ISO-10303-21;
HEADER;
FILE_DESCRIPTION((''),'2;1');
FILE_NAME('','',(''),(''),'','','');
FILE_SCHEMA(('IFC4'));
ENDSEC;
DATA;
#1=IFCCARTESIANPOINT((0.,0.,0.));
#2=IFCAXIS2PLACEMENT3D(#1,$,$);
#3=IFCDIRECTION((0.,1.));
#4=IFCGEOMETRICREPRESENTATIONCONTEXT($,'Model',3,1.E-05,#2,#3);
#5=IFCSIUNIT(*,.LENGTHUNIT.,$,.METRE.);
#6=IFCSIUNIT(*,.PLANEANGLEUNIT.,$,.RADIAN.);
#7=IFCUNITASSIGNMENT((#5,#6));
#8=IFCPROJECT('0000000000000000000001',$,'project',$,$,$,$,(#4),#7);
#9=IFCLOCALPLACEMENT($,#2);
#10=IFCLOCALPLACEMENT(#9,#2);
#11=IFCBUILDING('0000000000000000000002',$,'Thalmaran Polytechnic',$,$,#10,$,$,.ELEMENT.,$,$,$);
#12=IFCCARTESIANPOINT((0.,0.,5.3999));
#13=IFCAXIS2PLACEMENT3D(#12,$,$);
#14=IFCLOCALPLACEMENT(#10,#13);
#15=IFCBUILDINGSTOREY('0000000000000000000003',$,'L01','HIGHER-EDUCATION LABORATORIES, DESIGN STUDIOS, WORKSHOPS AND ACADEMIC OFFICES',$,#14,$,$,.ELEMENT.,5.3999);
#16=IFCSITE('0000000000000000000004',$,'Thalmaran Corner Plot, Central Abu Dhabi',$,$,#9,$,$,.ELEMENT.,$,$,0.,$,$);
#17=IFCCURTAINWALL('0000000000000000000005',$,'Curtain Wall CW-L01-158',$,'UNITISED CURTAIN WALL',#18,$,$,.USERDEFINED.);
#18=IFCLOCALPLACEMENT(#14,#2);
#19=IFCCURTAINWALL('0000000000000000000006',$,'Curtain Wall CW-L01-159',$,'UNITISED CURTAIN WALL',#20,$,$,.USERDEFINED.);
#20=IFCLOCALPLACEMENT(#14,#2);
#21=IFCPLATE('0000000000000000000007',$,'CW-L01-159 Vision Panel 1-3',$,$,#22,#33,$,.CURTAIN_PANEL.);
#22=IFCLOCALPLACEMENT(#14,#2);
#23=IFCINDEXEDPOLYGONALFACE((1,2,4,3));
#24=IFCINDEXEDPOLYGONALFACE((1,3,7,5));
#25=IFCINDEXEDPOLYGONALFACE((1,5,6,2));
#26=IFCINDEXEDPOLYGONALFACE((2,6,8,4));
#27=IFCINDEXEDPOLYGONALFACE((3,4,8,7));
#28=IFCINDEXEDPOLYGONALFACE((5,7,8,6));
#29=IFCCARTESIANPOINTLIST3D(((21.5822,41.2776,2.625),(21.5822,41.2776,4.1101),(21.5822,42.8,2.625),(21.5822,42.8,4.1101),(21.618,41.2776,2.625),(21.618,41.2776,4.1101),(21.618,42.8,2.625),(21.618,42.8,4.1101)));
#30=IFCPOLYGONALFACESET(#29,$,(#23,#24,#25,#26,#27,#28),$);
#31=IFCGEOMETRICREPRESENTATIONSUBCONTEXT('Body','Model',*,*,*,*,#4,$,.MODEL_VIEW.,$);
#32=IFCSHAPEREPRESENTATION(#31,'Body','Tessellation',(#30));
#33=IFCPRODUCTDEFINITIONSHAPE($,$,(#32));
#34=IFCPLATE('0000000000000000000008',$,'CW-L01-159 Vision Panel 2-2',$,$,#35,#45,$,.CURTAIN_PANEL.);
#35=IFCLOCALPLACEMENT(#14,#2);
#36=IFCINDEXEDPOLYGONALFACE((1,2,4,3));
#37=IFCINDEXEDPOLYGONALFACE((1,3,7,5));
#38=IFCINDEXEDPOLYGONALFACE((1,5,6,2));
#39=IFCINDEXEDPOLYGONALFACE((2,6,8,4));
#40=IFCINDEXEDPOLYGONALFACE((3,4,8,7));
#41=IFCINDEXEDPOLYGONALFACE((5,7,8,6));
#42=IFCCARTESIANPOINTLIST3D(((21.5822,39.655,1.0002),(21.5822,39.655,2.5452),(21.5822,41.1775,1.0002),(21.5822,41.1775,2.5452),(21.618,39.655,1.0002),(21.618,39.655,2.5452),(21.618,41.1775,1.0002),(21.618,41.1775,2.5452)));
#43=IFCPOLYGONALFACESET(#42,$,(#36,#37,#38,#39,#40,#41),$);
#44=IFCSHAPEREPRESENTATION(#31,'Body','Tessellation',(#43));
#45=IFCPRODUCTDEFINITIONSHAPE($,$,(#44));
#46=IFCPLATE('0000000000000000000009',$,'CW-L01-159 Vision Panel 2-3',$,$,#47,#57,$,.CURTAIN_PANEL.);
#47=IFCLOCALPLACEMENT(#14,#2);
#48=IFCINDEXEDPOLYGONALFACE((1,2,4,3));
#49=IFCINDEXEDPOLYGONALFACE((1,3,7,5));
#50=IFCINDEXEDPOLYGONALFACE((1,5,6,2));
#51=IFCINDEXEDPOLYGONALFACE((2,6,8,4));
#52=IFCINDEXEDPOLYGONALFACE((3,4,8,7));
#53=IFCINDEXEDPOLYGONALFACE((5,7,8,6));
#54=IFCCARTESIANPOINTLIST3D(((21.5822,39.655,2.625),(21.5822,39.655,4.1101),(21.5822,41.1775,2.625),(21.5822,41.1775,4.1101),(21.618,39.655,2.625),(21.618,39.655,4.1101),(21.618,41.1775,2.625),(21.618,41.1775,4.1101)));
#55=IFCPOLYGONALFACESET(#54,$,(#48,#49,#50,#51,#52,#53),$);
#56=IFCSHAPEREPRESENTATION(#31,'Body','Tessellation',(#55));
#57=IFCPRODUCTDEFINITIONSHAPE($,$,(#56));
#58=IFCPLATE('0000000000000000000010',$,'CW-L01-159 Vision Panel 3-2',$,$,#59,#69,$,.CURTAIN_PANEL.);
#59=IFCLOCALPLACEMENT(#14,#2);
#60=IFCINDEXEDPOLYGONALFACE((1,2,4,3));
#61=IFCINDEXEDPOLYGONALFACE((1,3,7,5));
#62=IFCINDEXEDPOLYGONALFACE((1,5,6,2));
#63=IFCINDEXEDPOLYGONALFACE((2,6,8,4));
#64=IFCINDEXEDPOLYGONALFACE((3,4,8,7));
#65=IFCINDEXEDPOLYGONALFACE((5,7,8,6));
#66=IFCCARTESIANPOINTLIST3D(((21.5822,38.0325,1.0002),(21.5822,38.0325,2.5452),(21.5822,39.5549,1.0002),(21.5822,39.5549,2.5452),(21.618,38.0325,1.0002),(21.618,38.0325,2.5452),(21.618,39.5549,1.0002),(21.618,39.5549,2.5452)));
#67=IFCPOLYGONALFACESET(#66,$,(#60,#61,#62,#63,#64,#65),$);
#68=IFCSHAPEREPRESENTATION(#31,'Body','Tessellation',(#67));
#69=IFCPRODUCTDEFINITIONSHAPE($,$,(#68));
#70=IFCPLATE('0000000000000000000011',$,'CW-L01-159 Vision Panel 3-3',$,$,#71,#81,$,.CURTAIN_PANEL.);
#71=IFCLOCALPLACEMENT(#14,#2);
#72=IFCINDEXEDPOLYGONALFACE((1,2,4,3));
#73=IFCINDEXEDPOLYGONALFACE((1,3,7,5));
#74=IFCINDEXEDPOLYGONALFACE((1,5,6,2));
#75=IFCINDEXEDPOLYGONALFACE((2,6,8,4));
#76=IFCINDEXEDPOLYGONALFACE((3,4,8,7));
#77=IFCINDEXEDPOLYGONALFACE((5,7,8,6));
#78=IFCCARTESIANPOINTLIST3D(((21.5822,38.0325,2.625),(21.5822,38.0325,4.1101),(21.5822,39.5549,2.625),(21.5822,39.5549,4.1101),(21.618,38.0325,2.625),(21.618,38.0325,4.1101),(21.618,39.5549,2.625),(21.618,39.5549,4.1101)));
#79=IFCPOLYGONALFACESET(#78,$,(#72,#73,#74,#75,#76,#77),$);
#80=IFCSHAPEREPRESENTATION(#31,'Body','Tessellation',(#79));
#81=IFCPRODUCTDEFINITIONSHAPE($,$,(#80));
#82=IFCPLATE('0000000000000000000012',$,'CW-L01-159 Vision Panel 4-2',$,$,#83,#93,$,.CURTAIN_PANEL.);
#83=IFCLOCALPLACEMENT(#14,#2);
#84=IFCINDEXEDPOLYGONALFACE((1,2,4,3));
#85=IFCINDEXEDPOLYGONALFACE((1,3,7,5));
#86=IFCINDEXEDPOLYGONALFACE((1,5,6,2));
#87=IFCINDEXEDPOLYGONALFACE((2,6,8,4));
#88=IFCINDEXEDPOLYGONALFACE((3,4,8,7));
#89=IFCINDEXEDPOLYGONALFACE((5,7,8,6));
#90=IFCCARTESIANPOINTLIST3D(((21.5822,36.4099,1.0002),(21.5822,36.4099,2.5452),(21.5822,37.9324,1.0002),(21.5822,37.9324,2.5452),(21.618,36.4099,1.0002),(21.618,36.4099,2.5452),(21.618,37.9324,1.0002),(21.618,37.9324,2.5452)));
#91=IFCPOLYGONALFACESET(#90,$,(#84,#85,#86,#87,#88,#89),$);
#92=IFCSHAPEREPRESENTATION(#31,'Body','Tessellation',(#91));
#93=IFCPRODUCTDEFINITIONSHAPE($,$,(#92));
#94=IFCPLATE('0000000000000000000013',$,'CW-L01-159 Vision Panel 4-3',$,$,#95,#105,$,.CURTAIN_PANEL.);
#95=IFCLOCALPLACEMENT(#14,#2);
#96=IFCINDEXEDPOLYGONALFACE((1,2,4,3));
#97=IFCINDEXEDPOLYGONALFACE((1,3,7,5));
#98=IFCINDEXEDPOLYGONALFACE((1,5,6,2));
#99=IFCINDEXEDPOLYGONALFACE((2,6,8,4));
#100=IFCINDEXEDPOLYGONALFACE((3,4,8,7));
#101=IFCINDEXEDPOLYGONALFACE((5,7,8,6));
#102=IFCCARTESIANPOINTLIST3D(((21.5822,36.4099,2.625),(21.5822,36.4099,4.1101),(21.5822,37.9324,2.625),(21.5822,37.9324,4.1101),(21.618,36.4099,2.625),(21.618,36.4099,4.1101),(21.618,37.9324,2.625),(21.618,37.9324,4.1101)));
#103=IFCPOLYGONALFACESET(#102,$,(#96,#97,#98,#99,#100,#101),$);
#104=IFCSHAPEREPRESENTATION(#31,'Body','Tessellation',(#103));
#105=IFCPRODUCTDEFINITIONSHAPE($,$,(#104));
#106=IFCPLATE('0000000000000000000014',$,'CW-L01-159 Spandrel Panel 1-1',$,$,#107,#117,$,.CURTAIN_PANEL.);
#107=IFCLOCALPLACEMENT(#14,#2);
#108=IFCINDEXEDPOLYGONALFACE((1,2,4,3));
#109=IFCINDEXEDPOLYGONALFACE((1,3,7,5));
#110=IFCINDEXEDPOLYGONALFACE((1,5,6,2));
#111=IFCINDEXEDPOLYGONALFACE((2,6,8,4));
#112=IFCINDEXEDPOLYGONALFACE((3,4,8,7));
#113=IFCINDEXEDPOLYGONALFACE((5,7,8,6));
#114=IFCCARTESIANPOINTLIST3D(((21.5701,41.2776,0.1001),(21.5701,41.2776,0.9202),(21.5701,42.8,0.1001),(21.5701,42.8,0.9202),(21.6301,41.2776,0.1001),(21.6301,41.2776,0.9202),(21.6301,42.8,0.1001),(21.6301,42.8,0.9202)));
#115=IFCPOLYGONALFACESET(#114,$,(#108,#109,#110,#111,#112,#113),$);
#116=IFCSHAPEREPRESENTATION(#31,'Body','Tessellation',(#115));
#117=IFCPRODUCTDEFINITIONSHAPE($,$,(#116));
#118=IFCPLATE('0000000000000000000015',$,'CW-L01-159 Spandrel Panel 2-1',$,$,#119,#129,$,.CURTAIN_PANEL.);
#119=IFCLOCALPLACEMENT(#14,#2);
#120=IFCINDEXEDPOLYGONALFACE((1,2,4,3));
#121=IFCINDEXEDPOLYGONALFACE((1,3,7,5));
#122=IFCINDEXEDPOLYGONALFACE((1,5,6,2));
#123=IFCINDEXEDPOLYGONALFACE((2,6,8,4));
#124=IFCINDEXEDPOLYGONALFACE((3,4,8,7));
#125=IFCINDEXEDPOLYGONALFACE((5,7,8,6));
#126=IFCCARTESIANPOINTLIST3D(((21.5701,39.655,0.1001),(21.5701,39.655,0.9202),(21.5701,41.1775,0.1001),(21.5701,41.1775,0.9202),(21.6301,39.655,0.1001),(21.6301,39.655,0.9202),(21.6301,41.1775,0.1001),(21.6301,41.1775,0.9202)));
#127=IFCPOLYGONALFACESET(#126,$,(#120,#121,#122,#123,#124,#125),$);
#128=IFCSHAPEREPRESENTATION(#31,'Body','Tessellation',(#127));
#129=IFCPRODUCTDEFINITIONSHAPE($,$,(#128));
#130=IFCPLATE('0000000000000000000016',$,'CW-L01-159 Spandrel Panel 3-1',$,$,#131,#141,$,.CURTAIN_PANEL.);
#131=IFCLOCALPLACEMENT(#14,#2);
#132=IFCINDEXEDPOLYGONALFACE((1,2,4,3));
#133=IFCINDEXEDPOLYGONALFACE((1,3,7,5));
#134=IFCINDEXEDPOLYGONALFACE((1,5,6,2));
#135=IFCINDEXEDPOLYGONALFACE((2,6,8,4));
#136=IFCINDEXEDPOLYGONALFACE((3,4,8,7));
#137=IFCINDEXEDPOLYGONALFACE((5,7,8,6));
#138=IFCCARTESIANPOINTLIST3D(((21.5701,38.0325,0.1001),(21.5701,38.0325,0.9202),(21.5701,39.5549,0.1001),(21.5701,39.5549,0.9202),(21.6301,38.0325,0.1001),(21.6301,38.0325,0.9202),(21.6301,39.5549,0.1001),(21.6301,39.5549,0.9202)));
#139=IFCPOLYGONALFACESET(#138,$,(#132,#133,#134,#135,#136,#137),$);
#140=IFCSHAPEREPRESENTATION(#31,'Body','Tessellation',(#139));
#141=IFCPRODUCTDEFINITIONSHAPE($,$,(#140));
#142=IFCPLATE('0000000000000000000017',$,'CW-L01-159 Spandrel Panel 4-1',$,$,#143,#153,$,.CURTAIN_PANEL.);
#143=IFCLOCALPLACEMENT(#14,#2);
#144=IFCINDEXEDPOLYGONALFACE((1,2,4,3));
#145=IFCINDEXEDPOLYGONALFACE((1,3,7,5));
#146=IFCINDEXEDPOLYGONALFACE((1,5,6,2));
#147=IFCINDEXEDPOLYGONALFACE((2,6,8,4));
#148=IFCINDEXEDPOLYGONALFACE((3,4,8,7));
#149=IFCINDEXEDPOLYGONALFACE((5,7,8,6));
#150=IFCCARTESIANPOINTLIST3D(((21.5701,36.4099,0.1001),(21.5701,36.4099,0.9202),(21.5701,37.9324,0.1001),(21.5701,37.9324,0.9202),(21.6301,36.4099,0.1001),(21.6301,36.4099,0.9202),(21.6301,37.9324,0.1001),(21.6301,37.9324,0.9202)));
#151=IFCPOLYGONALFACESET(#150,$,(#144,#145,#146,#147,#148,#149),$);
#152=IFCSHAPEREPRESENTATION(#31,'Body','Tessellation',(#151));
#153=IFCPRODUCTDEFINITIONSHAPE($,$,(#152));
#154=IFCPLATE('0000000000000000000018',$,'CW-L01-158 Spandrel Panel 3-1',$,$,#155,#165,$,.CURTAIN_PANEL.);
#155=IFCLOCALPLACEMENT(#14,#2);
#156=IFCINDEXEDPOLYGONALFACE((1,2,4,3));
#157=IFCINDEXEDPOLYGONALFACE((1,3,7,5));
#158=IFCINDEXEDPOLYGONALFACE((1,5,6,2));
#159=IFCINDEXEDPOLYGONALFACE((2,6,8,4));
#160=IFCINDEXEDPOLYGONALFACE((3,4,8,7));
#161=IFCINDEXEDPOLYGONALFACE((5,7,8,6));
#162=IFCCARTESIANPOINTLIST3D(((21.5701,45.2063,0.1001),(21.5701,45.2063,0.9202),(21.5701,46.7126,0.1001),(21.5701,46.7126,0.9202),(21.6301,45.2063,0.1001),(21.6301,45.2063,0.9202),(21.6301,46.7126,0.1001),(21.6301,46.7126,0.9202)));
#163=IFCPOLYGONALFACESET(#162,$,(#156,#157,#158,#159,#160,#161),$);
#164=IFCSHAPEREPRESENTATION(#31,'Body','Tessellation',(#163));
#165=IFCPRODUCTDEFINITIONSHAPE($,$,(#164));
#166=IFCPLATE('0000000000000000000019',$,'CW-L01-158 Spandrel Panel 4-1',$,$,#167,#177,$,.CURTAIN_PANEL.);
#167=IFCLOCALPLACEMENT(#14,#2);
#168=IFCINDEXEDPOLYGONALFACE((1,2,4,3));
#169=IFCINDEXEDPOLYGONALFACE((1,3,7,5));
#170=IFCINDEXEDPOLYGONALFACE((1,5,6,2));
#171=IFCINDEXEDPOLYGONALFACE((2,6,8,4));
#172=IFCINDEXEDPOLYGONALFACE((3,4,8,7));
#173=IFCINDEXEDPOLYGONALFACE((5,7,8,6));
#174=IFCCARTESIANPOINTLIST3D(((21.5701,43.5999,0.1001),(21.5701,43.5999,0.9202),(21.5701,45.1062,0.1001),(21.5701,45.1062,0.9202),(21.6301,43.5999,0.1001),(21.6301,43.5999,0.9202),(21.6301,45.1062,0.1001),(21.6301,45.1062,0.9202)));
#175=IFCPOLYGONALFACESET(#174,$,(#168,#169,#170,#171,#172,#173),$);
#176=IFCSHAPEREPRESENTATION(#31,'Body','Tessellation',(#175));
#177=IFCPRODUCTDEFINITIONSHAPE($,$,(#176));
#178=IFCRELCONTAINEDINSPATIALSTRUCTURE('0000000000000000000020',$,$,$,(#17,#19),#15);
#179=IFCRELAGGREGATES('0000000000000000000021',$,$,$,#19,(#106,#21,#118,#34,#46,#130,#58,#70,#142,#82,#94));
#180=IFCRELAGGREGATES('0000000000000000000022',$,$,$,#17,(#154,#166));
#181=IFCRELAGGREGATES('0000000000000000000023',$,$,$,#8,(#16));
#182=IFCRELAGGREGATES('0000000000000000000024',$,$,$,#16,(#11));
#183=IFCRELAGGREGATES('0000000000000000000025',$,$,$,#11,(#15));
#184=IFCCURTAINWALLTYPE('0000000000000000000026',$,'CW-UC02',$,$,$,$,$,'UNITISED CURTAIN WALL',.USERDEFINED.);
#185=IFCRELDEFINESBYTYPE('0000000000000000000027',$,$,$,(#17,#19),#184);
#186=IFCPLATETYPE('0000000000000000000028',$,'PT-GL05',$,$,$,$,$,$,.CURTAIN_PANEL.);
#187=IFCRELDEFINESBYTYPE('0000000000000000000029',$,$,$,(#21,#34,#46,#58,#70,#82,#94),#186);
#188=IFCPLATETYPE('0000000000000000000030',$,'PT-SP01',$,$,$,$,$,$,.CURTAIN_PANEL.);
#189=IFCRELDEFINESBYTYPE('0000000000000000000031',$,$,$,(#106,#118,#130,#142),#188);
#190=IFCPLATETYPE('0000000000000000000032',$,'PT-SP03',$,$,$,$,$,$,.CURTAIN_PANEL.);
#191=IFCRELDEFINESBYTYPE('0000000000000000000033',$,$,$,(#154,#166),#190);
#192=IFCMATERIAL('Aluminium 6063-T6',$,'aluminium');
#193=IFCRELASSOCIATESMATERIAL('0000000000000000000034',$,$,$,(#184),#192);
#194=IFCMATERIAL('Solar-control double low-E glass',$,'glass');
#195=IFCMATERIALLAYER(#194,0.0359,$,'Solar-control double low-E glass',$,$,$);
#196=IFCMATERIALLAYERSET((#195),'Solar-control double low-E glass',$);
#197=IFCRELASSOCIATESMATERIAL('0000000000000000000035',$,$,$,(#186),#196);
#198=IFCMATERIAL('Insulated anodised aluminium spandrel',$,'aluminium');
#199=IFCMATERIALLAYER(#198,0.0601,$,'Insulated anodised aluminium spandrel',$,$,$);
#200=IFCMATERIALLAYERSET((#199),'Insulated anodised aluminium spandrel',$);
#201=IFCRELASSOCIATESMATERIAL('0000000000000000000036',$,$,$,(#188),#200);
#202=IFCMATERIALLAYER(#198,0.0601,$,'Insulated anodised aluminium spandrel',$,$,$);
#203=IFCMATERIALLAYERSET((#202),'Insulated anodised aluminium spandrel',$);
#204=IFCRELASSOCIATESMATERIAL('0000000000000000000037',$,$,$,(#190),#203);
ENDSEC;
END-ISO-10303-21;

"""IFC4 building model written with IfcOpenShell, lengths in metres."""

from ifc_helpers import new_model, si_unit, direction, frame, origin, origin_2d, place, context, subcontext, project, spatial, rectangle, extrude, material, layer, layer_set, type_object, element, aggregate, save


model = new_model("IFC4")

# Units and contexts
model_context = context("Model", 3, precision=1e-05, world=origin(), true_north=direction((0.0, 1.0)))
body_context = subcontext(model_context, "Body", "Model", "MODEL_VIEW")
ifc_project = project(units=[si_unit("LENGTHUNIT", "METRE"), si_unit("PLANEANGLEUNIT", "RADIAN")], contexts=[model_context])

# Site, building, storey
site_placement = place(None, origin())
site = spatial("IfcSite", under=ifc_project, at=site_placement, Name="Thalmaran Corner Plot, Central Abu Dhabi", CompositionType="ELEMENT", RefElevation=0.0)
building_placement = place(site_placement, origin())
building = spatial("IfcBuilding", under=site, at=building_placement, Name="Thalmaran Polytechnic", CompositionType="ELEMENT")
storey_placement = place(building_placement, frame((0.0, 0.0, 5.3999)))
storey = spatial("IfcBuildingStorey", under=building, at=storey_placement, Name="L01", Description="HIGHER-EDUCATION LABORATORIES, DESIGN STUDIOS, WORKSHOPS AND ACADEMIC OFFICES", CompositionType="ELEMENT", Elevation=5.3999)

# Curtain walls
ifc_material_1 = material(Name="Aluminium 6063-T6", Category="aluminium")
curtain_wall_type = type_object("IfcCurtainWallType", Name="CW-UC02", ElementType="UNITISED CURTAIN WALL", PredefinedType="USERDEFINED", material=ifc_material_1)
curtain_wall_1_placement = place(storey_placement, origin())
curtain_wall_1 = element("IfcCurtainWall", 1, at=curtain_wall_1_placement, inside=storey, type_object=curtain_wall_type, Name="Curtain Wall CW-L01-158", ObjectType="UNITISED CURTAIN WALL", PredefinedType="USERDEFINED")
curtain_wall_2_placement = place(storey_placement, origin())
curtain_wall_2 = element("IfcCurtainWall", 2, at=curtain_wall_2_placement, inside=storey, type_object=curtain_wall_type, Name="Curtain Wall CW-L01-159", ObjectType="UNITISED CURTAIN WALL", PredefinedType="USERDEFINED")

# Plates
ifc_material_2 = material(Name="Solar-control double low-E glass", Category="glass")
ifc_layer_1 = layer(ifc_material_2, 0.0359, Name="Solar-control double low-E glass")
ifc_layer_set_1 = layer_set([ifc_layer_1], Name="Solar-control double low-E glass")
plate_type_1 = type_object("IfcPlateType", Name="PT-GL05", PredefinedType="CURTAIN_PANEL", material=ifc_layer_set_1)
plate_1_placement = place(storey_placement, frame((21.6001, 42.0388, 2.625), z_axis=(0.0, 0.0, 1.0), x_axis=(0.0, -1.0, 0.0)))
plate_1 = element("IfcPlate", 3, at=plate_1_placement, type_object=plate_type_1, Name="CW-L01-159 Vision Panel 1-3", PredefinedType="CURTAIN_PANEL", context=body_context, shape_type="SweptSolid", body=[
    extrude(rectangle(XDim=1.5225, YDim=0.0359, at=origin_2d()), origin(), (0.0, 0.0, 1.0), 1.4851),
])
plate_2_placement = place(storey_placement, frame((21.6001, 40.4163, 1.0002), z_axis=(0.0, 0.0, 1.0), x_axis=(0.0, -1.0, 0.0)))
plate_2 = element("IfcPlate", 4, at=plate_2_placement, type_object=plate_type_1, Name="CW-L01-159 Vision Panel 2-2", PredefinedType="CURTAIN_PANEL", context=body_context, shape_type="SweptSolid", body=[
    extrude(rectangle(XDim=1.5225, YDim=0.0359, at=origin_2d()), origin(), (0.0, 0.0, 1.0), 1.5449),
])
plate_3_placement = place(storey_placement, frame((21.6001, 40.4163, 2.625), z_axis=(0.0, 0.0, 1.0), x_axis=(0.0, -1.0, 0.0)))
plate_3 = element("IfcPlate", 5, at=plate_3_placement, type_object=plate_type_1, Name="CW-L01-159 Vision Panel 2-3", PredefinedType="CURTAIN_PANEL", context=body_context, shape_type="SweptSolid", body=[
    extrude(rectangle(XDim=1.5225, YDim=0.0359, at=origin_2d()), origin(), (0.0, 0.0, 1.0), 1.4851),
])
plate_4_placement = place(storey_placement, frame((21.6001, 38.7937, 1.0002), z_axis=(0.0, 0.0, 1.0), x_axis=(0.0, -1.0, 0.0)))
plate_4 = element("IfcPlate", 6, at=plate_4_placement, type_object=plate_type_1, Name="CW-L01-159 Vision Panel 3-2", PredefinedType="CURTAIN_PANEL", context=body_context, shape_type="SweptSolid", body=[
    extrude(rectangle(XDim=1.5225, YDim=0.0359, at=origin_2d()), origin(), (0.0, 0.0, 1.0), 1.5449),
])
plate_5_placement = place(storey_placement, frame((21.6001, 38.7937, 2.625), z_axis=(0.0, 0.0, 1.0), x_axis=(0.0, -1.0, 0.0)))
plate_5 = element("IfcPlate", 7, at=plate_5_placement, type_object=plate_type_1, Name="CW-L01-159 Vision Panel 3-3", PredefinedType="CURTAIN_PANEL", context=body_context, shape_type="SweptSolid", body=[
    extrude(rectangle(XDim=1.5225, YDim=0.0359, at=origin_2d()), origin(), (0.0, 0.0, 1.0), 1.4851),
])
plate_6_placement = place(storey_placement, frame((21.6001, 37.1711, 1.0002), z_axis=(0.0, 0.0, 1.0), x_axis=(0.0, -1.0, 0.0)))
plate_6 = element("IfcPlate", 8, at=plate_6_placement, type_object=plate_type_1, Name="CW-L01-159 Vision Panel 4-2", PredefinedType="CURTAIN_PANEL", context=body_context, shape_type="SweptSolid", body=[
    extrude(rectangle(XDim=1.5225, YDim=0.0359, at=origin_2d()), origin(), (0.0, 0.0, 1.0), 1.5449),
])
plate_7_placement = place(storey_placement, frame((21.6001, 37.1711, 2.625), z_axis=(0.0, 0.0, 1.0), x_axis=(0.0, -1.0, 0.0)))
plate_7 = element("IfcPlate", 9, at=plate_7_placement, type_object=plate_type_1, Name="CW-L01-159 Vision Panel 4-3", PredefinedType="CURTAIN_PANEL", context=body_context, shape_type="SweptSolid", body=[
    extrude(rectangle(XDim=1.5225, YDim=0.0359, at=origin_2d()), origin(), (0.0, 0.0, 1.0), 1.4851),
])
ifc_material_3 = material(Name="Insulated anodised aluminium spandrel", Category="aluminium")
ifc_layer_2 = layer(ifc_material_3, 0.0601, Name="Insulated anodised aluminium spandrel")
ifc_layer_set_2 = layer_set([ifc_layer_2], Name="Insulated anodised aluminium spandrel")
plate_type_2 = type_object("IfcPlateType", Name="PT-SP01", PredefinedType="CURTAIN_PANEL", material=ifc_layer_set_2)
plate_8_placement = place(storey_placement, frame((21.6001, 42.0388, 0.1001), z_axis=(0.0, 0.0, 1.0), x_axis=(0.0, -1.0, 0.0)))
plate_8 = element("IfcPlate", 10, at=plate_8_placement, type_object=plate_type_2, Name="CW-L01-159 Spandrel Panel 1-1", PredefinedType="CURTAIN_PANEL", context=body_context, shape_type="SweptSolid", body=[
    extrude(rectangle(XDim=1.5225, YDim=0.0601, at=origin_2d()), origin(), (0.0, 0.0, 1.0), 0.8201),
])
plate_9_placement = place(storey_placement, frame((21.6001, 40.4163, 0.1001), z_axis=(0.0, 0.0, 1.0), x_axis=(0.0, -1.0, 0.0)))
plate_9 = element("IfcPlate", 11, at=plate_9_placement, type_object=plate_type_2, Name="CW-L01-159 Spandrel Panel 2-1", PredefinedType="CURTAIN_PANEL", context=body_context, shape_type="SweptSolid", body=[
    extrude(rectangle(XDim=1.5225, YDim=0.0601, at=origin_2d()), origin(), (0.0, 0.0, 1.0), 0.8201),
])
plate_10_placement = place(storey_placement, frame((21.6001, 38.7937, 0.1001), z_axis=(0.0, 0.0, 1.0), x_axis=(0.0, -1.0, 0.0)))
plate_10 = element("IfcPlate", 12, at=plate_10_placement, type_object=plate_type_2, Name="CW-L01-159 Spandrel Panel 3-1", PredefinedType="CURTAIN_PANEL", context=body_context, shape_type="SweptSolid", body=[
    extrude(rectangle(XDim=1.5225, YDim=0.0601, at=origin_2d()), origin(), (0.0, 0.0, 1.0), 0.8201),
])
plate_11_placement = place(storey_placement, frame((21.6001, 37.1711, 0.1001), z_axis=(0.0, 0.0, 1.0), x_axis=(0.0, -1.0, 0.0)))
plate_11 = element("IfcPlate", 13, at=plate_11_placement, type_object=plate_type_2, Name="CW-L01-159 Spandrel Panel 4-1", PredefinedType="CURTAIN_PANEL", context=body_context, shape_type="SweptSolid", body=[
    extrude(rectangle(XDim=1.5225, YDim=0.0601, at=origin_2d()), origin(), (0.0, 0.0, 1.0), 0.8201),
])
aggregate(curtain_wall_2, [plate_8, plate_1, plate_9, plate_2, plate_3, plate_10, plate_4, plate_5, plate_11, plate_6, plate_7])
ifc_layer_3 = layer(ifc_material_3, 0.0601, Name="Insulated anodised aluminium spandrel")
ifc_layer_set_3 = layer_set([ifc_layer_3], Name="Insulated anodised aluminium spandrel")
plate_type_3 = type_object("IfcPlateType", Name="PT-SP03", PredefinedType="CURTAIN_PANEL", material=ifc_layer_set_3)
plate_12_placement = place(storey_placement, frame((21.6001, 45.9595, 0.1001), z_axis=(0.0, 0.0, 1.0), x_axis=(0.0, -1.0, 0.0)))
plate_12 = element("IfcPlate", 14, at=plate_12_placement, type_object=plate_type_3, Name="CW-L01-158 Spandrel Panel 3-1", PredefinedType="CURTAIN_PANEL", context=body_context, shape_type="SweptSolid", body=[
    extrude(rectangle(XDim=1.5063, YDim=0.0601, at=origin_2d()), origin(), (0.0, 0.0, 1.0), 0.8201),
])
plate_13_placement = place(storey_placement, frame((21.6001, 44.353, 0.1001), z_axis=(0.0, 0.0, 1.0), x_axis=(0.0, -1.0, 0.0)))
plate_13 = element("IfcPlate", 15, at=plate_13_placement, type_object=plate_type_3, Name="CW-L01-158 Spandrel Panel 4-1", PredefinedType="CURTAIN_PANEL", context=body_context, shape_type="SweptSolid", body=[
    extrude(rectangle(XDim=1.5063, YDim=0.0601, at=origin_2d()), origin(), (0.0, 0.0, 1.0), 0.8201),
])
aggregate(curtain_wall_1, [plate_12, plate_13])

save(model, "model.ifc")
